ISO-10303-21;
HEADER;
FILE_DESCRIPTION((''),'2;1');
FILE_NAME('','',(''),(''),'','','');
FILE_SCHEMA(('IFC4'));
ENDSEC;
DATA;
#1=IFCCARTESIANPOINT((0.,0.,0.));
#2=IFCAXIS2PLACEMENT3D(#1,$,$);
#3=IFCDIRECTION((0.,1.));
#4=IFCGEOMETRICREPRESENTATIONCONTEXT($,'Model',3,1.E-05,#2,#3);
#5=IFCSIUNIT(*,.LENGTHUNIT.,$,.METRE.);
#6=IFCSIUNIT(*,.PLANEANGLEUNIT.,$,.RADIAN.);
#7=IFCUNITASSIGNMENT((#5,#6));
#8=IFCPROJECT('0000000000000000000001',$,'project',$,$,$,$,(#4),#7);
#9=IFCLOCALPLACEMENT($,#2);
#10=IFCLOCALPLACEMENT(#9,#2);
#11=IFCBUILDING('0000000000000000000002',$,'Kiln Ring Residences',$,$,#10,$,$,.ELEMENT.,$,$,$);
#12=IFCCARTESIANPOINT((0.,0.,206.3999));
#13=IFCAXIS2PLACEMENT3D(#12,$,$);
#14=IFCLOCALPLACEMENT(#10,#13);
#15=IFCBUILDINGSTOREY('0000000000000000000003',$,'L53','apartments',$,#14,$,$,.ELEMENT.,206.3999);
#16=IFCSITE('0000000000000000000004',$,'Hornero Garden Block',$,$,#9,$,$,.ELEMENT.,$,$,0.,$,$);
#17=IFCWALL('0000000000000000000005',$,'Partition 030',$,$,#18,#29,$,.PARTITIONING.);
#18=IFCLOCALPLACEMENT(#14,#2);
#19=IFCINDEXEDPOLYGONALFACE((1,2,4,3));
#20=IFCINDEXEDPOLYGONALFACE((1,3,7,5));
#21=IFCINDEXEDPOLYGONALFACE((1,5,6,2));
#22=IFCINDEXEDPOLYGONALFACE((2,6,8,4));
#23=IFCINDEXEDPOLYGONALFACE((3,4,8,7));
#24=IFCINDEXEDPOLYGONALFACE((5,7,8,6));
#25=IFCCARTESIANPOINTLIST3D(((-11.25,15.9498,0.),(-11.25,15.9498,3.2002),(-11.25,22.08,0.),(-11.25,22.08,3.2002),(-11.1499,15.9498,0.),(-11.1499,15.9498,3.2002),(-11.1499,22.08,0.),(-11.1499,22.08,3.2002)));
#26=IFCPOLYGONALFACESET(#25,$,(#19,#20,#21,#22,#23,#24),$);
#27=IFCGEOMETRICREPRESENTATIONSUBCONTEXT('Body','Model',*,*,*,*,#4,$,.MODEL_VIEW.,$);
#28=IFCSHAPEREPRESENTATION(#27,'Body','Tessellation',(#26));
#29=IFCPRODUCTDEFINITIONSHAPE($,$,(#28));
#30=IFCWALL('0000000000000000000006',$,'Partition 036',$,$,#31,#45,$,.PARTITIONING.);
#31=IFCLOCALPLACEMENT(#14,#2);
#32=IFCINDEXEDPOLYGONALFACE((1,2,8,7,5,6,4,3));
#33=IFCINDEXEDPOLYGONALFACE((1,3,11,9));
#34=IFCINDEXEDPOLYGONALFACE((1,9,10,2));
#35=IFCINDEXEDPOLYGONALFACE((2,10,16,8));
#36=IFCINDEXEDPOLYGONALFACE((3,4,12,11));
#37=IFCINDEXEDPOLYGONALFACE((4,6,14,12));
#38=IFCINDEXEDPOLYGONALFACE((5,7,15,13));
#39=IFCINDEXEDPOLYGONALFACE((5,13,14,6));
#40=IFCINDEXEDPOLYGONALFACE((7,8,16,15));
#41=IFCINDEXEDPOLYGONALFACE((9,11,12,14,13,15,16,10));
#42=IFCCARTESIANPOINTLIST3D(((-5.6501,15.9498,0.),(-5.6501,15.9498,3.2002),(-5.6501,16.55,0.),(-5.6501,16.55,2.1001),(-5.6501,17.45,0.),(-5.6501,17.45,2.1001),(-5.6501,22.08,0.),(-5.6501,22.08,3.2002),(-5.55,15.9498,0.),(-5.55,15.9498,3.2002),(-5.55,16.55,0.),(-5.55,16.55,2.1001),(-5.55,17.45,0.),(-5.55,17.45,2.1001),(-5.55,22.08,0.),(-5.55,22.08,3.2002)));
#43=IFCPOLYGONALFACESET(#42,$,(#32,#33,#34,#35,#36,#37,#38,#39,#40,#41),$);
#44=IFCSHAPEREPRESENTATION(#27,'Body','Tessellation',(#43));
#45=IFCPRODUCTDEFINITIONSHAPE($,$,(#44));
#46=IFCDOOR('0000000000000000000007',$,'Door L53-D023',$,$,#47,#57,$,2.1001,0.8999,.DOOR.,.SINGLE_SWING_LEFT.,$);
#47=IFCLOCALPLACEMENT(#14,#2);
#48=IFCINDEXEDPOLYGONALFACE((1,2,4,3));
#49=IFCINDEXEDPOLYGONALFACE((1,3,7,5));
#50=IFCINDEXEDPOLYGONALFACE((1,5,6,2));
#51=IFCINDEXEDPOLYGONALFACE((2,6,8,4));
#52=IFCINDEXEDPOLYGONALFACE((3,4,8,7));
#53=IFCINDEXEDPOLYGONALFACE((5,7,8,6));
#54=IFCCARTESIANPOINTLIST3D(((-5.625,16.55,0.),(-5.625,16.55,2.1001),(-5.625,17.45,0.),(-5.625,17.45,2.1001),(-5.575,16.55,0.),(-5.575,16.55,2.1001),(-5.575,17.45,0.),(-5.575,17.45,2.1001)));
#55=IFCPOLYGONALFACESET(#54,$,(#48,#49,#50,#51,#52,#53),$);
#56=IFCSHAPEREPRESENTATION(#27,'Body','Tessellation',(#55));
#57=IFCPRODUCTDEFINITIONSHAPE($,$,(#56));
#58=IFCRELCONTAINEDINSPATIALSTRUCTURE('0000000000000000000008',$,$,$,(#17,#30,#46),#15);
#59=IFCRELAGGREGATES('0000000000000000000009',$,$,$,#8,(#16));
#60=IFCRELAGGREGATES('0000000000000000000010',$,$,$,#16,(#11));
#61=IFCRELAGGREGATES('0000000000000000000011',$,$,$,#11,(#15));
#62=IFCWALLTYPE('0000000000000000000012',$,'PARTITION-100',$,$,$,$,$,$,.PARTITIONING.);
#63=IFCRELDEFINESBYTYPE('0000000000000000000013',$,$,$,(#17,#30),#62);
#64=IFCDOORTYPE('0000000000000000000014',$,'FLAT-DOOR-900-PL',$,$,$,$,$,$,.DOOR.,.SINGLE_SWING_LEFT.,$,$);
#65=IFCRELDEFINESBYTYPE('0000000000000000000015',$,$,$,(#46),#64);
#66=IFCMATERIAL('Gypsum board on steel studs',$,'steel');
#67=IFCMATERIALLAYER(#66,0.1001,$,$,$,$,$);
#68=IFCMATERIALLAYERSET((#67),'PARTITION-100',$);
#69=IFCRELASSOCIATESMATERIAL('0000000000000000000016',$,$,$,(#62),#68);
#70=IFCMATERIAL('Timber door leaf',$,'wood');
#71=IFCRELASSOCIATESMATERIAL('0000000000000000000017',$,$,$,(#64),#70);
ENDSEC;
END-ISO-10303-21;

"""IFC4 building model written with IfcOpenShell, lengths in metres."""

from ifc_helpers import new_model, si_unit, direction, frame, frame_2d, origin, place, context, subcontext, project, spatial, rectangle, extrude, material, layer, layer_set, type_object, element, fill, save


model = new_model("IFC4")

# Units and contexts
model_context = context("Model", 3, precision=1e-05, world=origin(), true_north=direction((0.0, 1.0)))
body_context = subcontext(model_context, "Body", "Model", "MODEL_VIEW")
ifc_project = project(units=[si_unit("LENGTHUNIT", "METRE"), si_unit("PLANEANGLEUNIT", "RADIAN")], contexts=[model_context])

# Site, building, storey
site_placement = place(None, origin())
site = spatial("IfcSite", under=ifc_project, at=site_placement, Name="Hornero Garden Block", CompositionType="ELEMENT", RefElevation=0.0)
building_placement = place(site_placement, origin())
building = spatial("IfcBuilding", under=site, at=building_placement, Name="Kiln Ring Residences", CompositionType="ELEMENT")
storey_placement = place(building_placement, frame((0.0, 0.0, 206.3999)))
storey = spatial("IfcBuildingStorey", under=building, at=storey_placement, Name="L53", Description="apartments", CompositionType="ELEMENT", Elevation=206.3999)

# Wall
ifc_material_1 = material(Name="Gypsum board on steel studs", Category="steel")
ifc_layer_1 = layer(ifc_material_1, 0.1001)
ifc_layer_set_1 = layer_set([ifc_layer_1], Name="PARTITION-100")
wall_type_1 = type_object("IfcWallType", Name="PARTITION-100", PredefinedType="PARTITIONING", material=ifc_layer_set_1)
wall_1_placement = place(storey_placement, frame((-11.2, 15.95, 0.0), z_axis=(0.0, 0.0, 1.0), x_axis=(0.0, 1.0, 0.0)))
element("IfcWall", 1, at=wall_1_placement, inside=storey, type_object=wall_type_1, Name="Partition 030", PredefinedType="PARTITIONING", context=body_context, shape_type="SweptSolid", body=[
    extrude(rectangle(XDim=6.1301, YDim=0.1001, at=frame_2d((3.0649, 0.0))), origin(), (0.0, 0.0, 1.0), 3.2002),
])

# Wall, opening, door
wall_2_placement = place(storey_placement, frame((-5.6001, 15.95, 0.0), z_axis=(0.0, 0.0, 1.0), x_axis=(0.0, 1.0, 0.0)))
wall_2 = element("IfcWall", 2, at=wall_2_placement, inside=storey, type_object=wall_type_1, Name="Partition 036", PredefinedType="PARTITIONING", context=body_context, shape_type="SweptSolid", body=[
    extrude(rectangle(XDim=6.1301, YDim=0.1001, at=frame_2d((3.0649, 0.0))), origin(), (0.0, 0.0, 1.0), 3.2002),
])
opening_1_placement = place(wall_2_placement, frame((0.6001, 0.0, 0.0)))
opening_1 = element("IfcOpeningElement", 3, at=opening_1_placement, cuts=wall_2, PredefinedType="OPENING", context=body_context, shape_type="SweptSolid", body=[
    extrude(rectangle(XDim=0.8999, YDim=2.1001, at=frame_2d((0.45, 1.05))), frame((0.0, 0.0601, 0.0), z_axis=(0.0, -1.0, 0.0), x_axis=(1.0, 0.0, 0.0)), (0.0, 0.0, 1.0), 0.1201),
])
ifc_material_2 = material(Name="Timber door leaf", Category="wood")
door_type = type_object("IfcDoorType", Name="FLAT-DOOR-900-PL", OperationType="SINGLE_SWING_LEFT", PredefinedType="DOOR", material=ifc_material_2)
door_placement = place(opening_1_placement, origin())
door = element("IfcDoor", 4, at=door_placement, inside=storey, type_object=door_type, Name="Door L53-D023", OperationType="SINGLE_SWING_LEFT", OverallHeight=2.1001, OverallWidth=0.8999, PredefinedType="DOOR", context=body_context, shape_type="SweptSolid", body=[
    extrude(rectangle(XDim=0.8999, YDim=2.1001, at=frame_2d((0.45, 1.05))), frame((0.0, 0.0249, 0.0), z_axis=(0.0, -1.0, 0.0), x_axis=(1.0, 0.0, 0.0)), (0.0, 0.0, 1.0), 0.05),
])
fill(opening_1, door)

save(model, "model.ifc")
